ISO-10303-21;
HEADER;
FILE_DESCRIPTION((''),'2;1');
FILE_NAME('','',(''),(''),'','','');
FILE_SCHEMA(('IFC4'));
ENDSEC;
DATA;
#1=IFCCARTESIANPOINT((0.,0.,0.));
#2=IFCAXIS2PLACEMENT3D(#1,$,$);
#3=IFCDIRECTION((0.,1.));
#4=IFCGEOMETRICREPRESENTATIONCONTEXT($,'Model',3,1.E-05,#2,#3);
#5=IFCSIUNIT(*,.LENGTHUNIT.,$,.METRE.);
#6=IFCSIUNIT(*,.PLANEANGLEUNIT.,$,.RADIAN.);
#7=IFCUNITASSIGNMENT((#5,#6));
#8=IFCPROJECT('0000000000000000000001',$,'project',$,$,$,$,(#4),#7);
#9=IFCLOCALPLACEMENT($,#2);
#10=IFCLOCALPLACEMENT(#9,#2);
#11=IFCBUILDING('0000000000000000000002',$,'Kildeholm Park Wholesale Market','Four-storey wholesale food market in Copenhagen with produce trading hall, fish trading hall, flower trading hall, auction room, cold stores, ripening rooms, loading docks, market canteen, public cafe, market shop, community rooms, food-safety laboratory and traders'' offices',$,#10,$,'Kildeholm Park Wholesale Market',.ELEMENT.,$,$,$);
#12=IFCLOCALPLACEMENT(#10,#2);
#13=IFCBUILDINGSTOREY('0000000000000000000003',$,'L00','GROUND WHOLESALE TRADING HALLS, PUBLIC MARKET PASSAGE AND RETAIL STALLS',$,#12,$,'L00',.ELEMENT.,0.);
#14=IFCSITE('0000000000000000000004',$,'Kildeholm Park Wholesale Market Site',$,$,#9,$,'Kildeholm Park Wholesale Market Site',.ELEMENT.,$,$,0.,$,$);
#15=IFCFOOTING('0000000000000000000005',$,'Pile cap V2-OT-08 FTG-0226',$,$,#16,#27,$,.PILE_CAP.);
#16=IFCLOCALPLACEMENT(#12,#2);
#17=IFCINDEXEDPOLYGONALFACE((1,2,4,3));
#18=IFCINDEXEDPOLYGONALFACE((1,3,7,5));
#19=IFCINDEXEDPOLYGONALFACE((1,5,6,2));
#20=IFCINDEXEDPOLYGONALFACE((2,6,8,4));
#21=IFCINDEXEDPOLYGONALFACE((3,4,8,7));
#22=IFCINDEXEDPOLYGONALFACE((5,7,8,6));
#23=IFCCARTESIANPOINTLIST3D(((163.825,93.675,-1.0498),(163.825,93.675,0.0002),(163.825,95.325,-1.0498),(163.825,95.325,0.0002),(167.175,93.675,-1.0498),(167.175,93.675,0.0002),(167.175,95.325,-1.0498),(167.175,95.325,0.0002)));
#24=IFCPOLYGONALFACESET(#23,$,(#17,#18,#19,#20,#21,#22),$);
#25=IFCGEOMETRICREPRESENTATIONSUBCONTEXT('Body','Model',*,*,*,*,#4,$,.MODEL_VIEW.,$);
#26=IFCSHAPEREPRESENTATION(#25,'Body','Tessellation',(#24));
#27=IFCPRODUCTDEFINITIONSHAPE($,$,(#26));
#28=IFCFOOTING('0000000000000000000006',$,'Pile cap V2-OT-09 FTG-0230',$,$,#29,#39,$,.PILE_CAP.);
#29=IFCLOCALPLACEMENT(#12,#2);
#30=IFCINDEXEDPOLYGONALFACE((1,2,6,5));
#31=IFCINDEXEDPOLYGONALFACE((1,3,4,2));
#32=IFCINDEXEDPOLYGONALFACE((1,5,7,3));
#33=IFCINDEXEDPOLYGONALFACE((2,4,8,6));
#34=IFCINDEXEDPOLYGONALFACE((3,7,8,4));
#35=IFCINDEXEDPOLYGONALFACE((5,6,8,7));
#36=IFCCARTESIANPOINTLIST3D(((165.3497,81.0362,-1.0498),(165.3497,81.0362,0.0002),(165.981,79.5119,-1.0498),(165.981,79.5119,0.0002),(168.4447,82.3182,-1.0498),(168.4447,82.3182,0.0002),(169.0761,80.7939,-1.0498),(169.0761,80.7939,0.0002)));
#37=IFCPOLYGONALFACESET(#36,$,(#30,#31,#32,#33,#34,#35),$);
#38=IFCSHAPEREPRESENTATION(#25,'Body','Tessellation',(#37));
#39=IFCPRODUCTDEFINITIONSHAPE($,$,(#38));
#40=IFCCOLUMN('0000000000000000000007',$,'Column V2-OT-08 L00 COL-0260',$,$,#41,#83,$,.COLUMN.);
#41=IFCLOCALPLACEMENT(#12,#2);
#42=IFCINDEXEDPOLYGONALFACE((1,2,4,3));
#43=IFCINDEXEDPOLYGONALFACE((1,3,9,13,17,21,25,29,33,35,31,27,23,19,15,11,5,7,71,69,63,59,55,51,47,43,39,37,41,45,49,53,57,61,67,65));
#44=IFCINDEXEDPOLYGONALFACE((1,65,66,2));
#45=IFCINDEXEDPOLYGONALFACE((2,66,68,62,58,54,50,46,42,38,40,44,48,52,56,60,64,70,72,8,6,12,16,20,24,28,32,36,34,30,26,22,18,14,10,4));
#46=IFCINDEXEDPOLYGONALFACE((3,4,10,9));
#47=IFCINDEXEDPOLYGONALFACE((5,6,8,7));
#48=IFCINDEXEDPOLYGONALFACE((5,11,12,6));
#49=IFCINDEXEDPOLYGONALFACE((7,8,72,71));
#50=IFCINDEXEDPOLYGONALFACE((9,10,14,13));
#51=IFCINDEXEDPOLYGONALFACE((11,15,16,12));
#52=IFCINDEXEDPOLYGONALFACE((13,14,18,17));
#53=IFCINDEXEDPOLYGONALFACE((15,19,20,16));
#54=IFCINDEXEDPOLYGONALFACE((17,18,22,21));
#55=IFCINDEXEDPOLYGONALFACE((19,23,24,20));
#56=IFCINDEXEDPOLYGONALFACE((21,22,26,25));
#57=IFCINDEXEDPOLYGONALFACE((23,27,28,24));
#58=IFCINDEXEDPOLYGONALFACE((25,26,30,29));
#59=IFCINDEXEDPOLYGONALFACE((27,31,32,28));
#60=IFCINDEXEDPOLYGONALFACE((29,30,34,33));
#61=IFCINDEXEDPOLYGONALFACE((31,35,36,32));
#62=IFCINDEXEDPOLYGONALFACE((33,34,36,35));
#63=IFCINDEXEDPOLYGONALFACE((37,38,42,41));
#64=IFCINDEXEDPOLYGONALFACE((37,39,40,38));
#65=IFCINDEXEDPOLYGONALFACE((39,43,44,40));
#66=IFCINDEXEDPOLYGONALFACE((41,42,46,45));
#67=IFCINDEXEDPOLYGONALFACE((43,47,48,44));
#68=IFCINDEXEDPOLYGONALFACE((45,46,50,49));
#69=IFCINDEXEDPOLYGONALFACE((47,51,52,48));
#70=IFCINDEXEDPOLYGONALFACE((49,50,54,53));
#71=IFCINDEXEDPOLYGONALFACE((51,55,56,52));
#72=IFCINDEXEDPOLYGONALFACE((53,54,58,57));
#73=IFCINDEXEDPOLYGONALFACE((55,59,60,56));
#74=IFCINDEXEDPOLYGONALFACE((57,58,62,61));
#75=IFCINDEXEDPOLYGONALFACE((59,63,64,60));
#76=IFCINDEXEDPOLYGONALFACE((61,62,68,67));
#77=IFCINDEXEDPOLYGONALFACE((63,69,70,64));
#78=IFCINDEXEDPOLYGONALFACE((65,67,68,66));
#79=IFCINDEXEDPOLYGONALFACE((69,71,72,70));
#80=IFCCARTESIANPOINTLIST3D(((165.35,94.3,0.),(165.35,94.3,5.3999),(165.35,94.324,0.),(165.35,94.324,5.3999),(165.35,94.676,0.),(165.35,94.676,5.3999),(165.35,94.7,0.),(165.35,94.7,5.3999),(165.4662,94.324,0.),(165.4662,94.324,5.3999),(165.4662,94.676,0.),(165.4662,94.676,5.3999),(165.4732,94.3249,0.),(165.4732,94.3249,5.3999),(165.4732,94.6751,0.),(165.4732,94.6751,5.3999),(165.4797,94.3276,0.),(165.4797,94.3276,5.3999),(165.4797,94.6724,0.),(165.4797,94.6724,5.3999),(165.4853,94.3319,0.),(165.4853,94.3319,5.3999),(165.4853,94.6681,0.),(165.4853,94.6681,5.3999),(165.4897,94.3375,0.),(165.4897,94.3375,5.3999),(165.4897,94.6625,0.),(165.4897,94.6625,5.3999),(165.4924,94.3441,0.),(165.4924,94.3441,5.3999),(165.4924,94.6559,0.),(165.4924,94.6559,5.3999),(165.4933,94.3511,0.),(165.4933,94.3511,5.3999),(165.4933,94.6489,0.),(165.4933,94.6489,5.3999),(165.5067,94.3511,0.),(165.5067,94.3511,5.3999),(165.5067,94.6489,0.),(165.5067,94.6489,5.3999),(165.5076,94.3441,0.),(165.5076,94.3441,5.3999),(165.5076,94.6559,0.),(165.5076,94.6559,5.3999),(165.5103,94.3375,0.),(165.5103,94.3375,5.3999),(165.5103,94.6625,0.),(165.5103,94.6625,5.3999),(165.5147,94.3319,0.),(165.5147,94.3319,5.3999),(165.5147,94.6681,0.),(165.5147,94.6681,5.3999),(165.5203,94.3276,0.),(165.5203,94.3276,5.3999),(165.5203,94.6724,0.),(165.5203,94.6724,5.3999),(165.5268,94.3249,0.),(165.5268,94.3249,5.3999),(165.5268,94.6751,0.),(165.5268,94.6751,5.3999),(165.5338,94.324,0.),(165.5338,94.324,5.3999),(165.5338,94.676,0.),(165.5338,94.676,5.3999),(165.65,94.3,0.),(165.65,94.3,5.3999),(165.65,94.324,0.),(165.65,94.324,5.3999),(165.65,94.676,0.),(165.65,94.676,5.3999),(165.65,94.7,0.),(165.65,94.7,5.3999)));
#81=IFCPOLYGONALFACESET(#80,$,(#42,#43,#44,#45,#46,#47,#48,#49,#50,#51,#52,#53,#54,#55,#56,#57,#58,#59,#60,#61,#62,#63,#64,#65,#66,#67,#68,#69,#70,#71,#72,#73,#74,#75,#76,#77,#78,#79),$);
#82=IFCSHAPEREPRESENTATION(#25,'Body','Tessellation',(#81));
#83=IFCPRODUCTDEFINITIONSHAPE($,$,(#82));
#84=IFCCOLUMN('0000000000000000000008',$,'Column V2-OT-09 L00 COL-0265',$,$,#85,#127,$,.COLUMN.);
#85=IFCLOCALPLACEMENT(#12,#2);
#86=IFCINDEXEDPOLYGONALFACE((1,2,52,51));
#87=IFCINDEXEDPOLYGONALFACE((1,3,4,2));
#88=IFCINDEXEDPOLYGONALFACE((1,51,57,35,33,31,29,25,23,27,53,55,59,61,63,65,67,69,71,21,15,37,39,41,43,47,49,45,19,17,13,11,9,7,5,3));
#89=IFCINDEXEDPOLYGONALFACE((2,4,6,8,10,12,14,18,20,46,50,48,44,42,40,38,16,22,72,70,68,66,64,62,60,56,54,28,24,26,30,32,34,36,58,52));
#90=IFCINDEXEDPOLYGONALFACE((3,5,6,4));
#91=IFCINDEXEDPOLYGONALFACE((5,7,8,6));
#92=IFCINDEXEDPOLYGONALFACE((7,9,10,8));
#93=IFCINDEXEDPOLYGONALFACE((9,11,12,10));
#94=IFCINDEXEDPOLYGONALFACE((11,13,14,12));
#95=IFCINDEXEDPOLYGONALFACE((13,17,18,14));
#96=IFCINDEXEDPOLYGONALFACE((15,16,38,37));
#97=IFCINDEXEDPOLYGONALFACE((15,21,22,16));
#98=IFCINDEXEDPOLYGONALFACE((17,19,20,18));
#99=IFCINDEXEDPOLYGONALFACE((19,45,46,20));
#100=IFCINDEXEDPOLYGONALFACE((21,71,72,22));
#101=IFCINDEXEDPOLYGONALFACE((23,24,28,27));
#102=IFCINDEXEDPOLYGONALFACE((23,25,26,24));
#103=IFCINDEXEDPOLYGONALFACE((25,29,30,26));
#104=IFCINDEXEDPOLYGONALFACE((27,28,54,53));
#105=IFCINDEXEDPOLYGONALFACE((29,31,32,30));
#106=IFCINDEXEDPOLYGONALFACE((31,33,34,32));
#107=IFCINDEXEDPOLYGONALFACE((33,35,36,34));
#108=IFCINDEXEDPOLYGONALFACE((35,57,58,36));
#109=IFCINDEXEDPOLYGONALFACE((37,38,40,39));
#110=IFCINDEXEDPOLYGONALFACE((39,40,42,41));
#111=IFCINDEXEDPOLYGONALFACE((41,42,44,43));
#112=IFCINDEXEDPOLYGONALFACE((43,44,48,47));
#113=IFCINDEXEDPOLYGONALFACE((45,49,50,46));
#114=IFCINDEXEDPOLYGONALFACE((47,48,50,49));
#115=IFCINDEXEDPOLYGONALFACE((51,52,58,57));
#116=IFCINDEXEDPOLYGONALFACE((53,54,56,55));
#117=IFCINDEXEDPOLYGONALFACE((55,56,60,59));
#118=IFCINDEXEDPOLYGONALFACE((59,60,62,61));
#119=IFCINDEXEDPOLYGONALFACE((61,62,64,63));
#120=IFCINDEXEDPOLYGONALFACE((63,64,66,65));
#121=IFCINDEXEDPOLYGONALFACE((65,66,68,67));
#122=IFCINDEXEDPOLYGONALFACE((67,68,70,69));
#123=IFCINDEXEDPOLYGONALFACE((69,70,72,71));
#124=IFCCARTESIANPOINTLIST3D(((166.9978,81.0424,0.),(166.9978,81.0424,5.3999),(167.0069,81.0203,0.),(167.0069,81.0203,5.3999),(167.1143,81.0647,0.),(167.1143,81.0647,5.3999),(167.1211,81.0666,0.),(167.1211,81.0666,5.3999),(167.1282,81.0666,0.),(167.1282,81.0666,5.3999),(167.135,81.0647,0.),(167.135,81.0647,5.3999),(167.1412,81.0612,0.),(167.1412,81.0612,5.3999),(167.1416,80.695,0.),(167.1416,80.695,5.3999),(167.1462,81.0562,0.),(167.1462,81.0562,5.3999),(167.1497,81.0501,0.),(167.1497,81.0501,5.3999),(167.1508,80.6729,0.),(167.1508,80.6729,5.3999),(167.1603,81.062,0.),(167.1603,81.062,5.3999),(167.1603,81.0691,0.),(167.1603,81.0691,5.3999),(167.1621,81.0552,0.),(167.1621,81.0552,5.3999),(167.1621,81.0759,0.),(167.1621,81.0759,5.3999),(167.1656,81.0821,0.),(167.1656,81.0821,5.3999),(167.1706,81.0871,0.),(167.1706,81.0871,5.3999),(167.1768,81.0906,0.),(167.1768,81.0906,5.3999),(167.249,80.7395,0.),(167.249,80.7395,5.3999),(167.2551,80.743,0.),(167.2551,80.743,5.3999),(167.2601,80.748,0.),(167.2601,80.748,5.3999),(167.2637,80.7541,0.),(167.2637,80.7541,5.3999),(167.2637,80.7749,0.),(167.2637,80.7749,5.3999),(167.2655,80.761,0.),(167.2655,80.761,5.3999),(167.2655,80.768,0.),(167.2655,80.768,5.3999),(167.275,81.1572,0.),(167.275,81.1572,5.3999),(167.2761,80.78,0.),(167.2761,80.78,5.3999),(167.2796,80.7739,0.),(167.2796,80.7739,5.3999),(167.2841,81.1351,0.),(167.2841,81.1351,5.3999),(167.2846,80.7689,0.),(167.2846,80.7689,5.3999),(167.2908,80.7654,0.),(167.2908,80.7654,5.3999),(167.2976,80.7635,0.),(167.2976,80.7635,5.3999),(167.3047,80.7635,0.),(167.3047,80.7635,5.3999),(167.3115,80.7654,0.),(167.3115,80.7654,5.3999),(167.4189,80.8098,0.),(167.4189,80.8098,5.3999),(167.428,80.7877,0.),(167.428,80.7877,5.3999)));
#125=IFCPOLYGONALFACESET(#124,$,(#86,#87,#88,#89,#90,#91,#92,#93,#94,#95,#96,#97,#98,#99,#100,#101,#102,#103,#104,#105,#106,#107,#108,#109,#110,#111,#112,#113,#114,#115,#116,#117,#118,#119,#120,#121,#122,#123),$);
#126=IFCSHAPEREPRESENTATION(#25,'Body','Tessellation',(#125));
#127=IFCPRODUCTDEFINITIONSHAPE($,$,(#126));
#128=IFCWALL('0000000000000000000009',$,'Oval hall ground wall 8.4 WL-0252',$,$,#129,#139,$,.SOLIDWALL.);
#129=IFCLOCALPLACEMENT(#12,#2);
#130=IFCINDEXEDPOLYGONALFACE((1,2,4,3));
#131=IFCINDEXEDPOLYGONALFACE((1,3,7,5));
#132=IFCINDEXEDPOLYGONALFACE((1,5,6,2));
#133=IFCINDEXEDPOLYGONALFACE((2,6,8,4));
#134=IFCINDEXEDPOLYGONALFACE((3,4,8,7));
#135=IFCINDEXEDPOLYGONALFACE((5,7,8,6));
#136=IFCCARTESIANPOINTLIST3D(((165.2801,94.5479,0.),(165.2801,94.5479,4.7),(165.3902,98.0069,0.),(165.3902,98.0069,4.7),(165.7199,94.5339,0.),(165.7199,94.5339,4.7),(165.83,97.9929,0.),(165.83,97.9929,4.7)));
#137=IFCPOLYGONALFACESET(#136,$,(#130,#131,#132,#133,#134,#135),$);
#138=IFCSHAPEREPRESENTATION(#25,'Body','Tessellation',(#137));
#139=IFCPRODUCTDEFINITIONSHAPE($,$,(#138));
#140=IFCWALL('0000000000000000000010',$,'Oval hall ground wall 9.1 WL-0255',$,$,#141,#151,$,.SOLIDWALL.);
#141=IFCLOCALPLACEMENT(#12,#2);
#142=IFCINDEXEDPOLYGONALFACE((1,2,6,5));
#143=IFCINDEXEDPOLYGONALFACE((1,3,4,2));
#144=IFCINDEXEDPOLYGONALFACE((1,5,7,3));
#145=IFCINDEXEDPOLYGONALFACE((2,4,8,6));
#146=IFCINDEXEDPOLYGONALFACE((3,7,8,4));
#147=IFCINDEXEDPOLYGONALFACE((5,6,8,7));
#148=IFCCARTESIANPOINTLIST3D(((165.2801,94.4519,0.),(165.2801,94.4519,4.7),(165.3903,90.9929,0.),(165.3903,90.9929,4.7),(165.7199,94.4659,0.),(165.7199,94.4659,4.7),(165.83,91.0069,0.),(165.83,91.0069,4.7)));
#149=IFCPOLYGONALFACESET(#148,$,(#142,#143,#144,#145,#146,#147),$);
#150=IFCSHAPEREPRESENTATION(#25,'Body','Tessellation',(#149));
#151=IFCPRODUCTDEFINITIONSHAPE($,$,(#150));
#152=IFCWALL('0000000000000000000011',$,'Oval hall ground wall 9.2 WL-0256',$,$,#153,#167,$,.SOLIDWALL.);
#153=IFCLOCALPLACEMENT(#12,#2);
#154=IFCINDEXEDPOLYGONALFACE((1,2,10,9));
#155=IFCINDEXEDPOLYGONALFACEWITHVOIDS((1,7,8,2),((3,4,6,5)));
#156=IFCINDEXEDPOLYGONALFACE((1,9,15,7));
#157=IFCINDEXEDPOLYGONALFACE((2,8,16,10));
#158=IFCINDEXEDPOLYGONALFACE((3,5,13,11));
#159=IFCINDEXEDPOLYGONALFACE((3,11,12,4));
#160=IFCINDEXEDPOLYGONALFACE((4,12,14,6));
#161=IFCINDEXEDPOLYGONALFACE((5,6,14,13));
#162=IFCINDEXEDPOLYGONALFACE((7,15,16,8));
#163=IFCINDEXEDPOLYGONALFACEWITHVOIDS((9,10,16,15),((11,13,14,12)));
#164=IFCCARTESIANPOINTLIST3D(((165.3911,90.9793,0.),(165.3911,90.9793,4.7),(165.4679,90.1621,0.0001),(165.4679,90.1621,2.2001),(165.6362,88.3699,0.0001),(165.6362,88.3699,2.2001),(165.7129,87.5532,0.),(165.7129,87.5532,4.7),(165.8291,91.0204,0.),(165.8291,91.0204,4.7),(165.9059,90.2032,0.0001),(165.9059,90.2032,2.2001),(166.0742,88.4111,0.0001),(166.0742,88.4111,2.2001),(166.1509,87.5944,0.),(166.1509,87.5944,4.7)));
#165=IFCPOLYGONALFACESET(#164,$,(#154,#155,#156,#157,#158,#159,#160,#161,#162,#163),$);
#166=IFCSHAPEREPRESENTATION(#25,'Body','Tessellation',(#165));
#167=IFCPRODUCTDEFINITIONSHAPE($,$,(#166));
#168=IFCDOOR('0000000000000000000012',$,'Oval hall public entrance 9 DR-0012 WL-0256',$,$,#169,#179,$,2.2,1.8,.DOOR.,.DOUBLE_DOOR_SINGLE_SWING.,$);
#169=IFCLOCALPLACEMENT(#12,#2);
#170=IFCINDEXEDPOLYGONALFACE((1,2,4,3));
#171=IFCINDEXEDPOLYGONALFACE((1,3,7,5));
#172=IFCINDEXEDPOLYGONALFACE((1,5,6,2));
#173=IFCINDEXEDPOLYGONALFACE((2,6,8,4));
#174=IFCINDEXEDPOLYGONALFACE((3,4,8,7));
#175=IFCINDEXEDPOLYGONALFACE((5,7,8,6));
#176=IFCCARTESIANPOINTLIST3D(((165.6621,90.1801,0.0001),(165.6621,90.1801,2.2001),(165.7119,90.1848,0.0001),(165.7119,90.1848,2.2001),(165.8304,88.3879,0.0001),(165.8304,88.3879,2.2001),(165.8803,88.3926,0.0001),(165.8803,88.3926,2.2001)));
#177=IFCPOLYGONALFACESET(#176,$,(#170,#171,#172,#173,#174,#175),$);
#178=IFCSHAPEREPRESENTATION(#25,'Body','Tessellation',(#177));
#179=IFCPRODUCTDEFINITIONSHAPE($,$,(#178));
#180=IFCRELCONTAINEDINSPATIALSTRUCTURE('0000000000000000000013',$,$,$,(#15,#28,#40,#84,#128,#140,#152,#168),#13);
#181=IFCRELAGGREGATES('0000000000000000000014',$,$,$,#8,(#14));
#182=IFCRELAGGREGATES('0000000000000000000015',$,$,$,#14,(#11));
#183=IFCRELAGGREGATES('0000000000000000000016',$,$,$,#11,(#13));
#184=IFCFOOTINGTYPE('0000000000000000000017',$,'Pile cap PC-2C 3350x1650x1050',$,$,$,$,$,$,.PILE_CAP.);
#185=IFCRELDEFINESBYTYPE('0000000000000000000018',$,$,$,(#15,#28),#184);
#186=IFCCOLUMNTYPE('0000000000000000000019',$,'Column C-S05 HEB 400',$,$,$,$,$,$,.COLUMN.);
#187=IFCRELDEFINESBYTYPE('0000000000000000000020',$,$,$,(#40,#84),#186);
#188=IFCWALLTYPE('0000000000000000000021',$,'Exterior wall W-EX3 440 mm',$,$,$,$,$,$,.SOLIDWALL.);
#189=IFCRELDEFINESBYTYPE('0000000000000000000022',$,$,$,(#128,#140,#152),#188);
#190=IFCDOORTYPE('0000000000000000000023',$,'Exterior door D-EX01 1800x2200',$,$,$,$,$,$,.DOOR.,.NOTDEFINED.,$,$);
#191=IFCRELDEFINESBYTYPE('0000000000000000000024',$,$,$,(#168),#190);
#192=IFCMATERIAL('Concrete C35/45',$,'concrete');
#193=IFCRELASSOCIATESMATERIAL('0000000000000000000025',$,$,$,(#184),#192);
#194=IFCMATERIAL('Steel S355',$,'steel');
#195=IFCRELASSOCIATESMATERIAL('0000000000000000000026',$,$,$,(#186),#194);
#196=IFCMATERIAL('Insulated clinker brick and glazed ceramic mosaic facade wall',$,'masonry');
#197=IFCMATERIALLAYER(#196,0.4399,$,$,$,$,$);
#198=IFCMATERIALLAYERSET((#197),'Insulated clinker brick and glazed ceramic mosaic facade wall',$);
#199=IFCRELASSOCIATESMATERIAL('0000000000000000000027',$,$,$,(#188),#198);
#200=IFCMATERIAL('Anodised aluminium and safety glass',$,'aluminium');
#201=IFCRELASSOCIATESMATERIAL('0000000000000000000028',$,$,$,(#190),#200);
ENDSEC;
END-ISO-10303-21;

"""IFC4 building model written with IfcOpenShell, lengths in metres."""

from ifc_helpers import new_model, si_unit, direction, frame, frame_2d, origin, origin_2d, place, context, subcontext, project, spatial, rectangle, i_section, extrude, material, layer, layer_set, material_profile, profile_set, type_object, element, fill, save


model = new_model("IFC4")

# Units and contexts
model_context = context("Model", 3, precision=1e-05, world=origin(), true_north=direction((0.0, 1.0)))
body_context = subcontext(model_context, "Body", "Model", "MODEL_VIEW")
ifc_project = project(units=[si_unit("LENGTHUNIT", "METRE"), si_unit("PLANEANGLEUNIT", "RADIAN")], contexts=[model_context])

# Site, building, storey
site_placement = place(None, origin())
site = spatial("IfcSite", under=ifc_project, at=site_placement, Name="Kildeholm Park Wholesale Market Site", LongName="Kildeholm Park Wholesale Market Site", CompositionType="ELEMENT", RefElevation=0.0)
building_placement = place(site_placement, origin())
building = spatial("IfcBuilding", under=site, at=building_placement, Name="Kildeholm Park Wholesale Market", Description="Four-storey wholesale food market in Copenhagen with produce trading hall, fish trading hall, flower trading hall, auction room, cold stores, ripening rooms, loading docks, market canteen, public cafe, market shop, community rooms, food-safety laboratory and traders' offices", LongName="Kildeholm Park Wholesale Market", CompositionType="ELEMENT")
storey_placement = place(building_placement, origin())
storey = spatial("IfcBuildingStorey", under=building, at=storey_placement, Name="L00", Description="GROUND WHOLESALE TRADING HALLS, PUBLIC MARKET PASSAGE AND RETAIL STALLS", LongName="L00", CompositionType="ELEMENT", Elevation=0.0)

# Shared definitions
ifc_material_1 = material(Name="Concrete C35/45", Category="concrete")

# Footings
footing_type_1 = type_object("IfcFootingType", Name="Pile cap PC-2C 3350x1650x1050", PredefinedType="PILE_CAP", material=ifc_material_1)
for number, where, z_axis, x_axis, name in (
    (1, (165.5, 94.5, -1.0498), (0.0, 0.0, 1.0), (-1.0, 0.0, 0.0), "Pile cap V2-OT-08 FTG-0226"),
    (2, (167.2129, 80.915, -1.0498), (0.0, 0.0, 1.0), (-0.92388, -0.382683, 0.0), "Pile cap V2-OT-09 FTG-0230"),
):
    element("IfcFooting", number, at=place(storey_placement, frame(where, z_axis=z_axis, x_axis=x_axis)), inside=storey, type_object=footing_type_1, Name=name, PredefinedType="PILE_CAP", context=body_context, shape_type="SweptSolid", body=[
        extrude(rectangle(XDim=3.3501, YDim=1.6499, at=origin_2d()), origin(), (0.0, 0.0, 1.0), 1.05),
    ])

# Columns
ifc_material_2 = material(Name="Steel S355", Category="steel")
ifc_material_profile_1 = material_profile(ifc_material_2, i_section(OverallWidth=0.3, OverallDepth=0.3999, WebThickness=0.0134, FlangeThickness=0.0239, FilletRadius=0.0271, at=origin_2d()), Name="HEB 400")
ifc_profile_set_1 = profile_set([ifc_material_profile_1], Name="Steel S355")
column_type = type_object("IfcColumnType", Name="Column C-S05 HEB 400", PredefinedType="COLUMN", material=ifc_profile_set_1)
for number, where, z_axis, x_axis, name in (
    (3, (165.5, 94.5, 0.0), (0.0, 0.0, 1.0), (-1.0, 0.0, 0.0), "Column V2-OT-08 L00 COL-0260"),
    (4, (167.2129, 80.915, 0.0), (0.0, 0.0, 1.0), (-0.92388, -0.382683, 0.0), "Column V2-OT-09 L00 COL-0265"),
):
    element("IfcColumn", number, at=place(storey_placement, frame(where, z_axis=z_axis, x_axis=x_axis)), inside=storey, type_object=column_type, Name=name, PredefinedType="COLUMN", context=body_context, shape_type="SweptSolid", body=[
        extrude(i_section(OverallWidth=0.3, OverallDepth=0.3999, WebThickness=0.0134, FlangeThickness=0.0239, FilletRadius=0.0271, at=origin_2d()), origin(), (0.0, 0.0, 1.0), 5.3999),
    ])

# Walls
ifc_material_3 = material(Name="Insulated clinker brick and glazed ceramic mosaic facade wall", Category="masonry")
ifc_layer = layer(ifc_material_3, 0.4399)
ifc_layer_set = layer_set([ifc_layer], Name="Insulated clinker brick and glazed ceramic mosaic facade wall")
wall_type = type_object("IfcWallType", Name="Exterior wall W-EX3 440 mm", PredefinedType="SOLIDWALL", material=ifc_layer_set)
for number, where, z_axis, x_axis, name in (
    (5, (165.6101, 98.0, 0.0), (0.0, 0.0, 1.0), (-0.031816, -0.999494, 0.0), "Oval hall ground wall 8.4 WL-0252"),
    (6, (165.5, 94.459, 0.0), (0.0, 0.0, 1.0), (0.031816, -0.999494, 0.0), "Oval hall ground wall 9.1 WL-0255"),
):
    element("IfcWall", number, at=place(storey_placement, frame(where, z_axis=z_axis, x_axis=x_axis)), inside=storey, type_object=wall_type, Name=name, PredefinedType="SOLIDWALL", context=body_context, shape_type="SweptSolid", body=[
        extrude(rectangle(XDim=3.4607, YDim=0.4399, at=frame_2d((1.7305, 0.0))), origin(), (0.0, 0.0, 1.0), 4.7),
    ])

# Wall, opening, door
wall_1_placement = place(storey_placement, frame((165.6101, 91.0, 0.0), z_axis=(0.0, 0.0, 1.0), x_axis=(0.09351, -0.995618, 0.0)))
wall_1 = element("IfcWall", 7, at=wall_1_placement, inside=storey, type_object=wall_type, Name="Oval hall ground wall 9.2 WL-0256", PredefinedType="SOLIDWALL", context=body_context, shape_type="SweptSolid", body=[
    extrude(rectangle(XDim=3.4412, YDim=0.4399, at=frame_2d((1.7207, 0.0))), origin(), (0.0, 0.0, 1.0), 4.7),
])
opening_1_placement = place(wall_1_placement, frame((0.821, 0.0, 0.0)))
opening_1 = element("IfcOpeningElement", 8, at=opening_1_placement, cuts=wall_1, PredefinedType="OPENING", context=body_context, shape_type="SweptSolid", body=[
    extrude(rectangle(XDim=1.8, YDim=2.2, at=frame_2d((0.8999, 1.1001))), frame((0.0, 0.23, 0.0), z_axis=(0.0, -1.0, 0.0), x_axis=(1.0, 0.0, 0.0)), (0.0, 0.0, 1.0), 0.46),
])
ifc_material_4 = material(Name="Anodised aluminium and safety glass", Category="aluminium")
door_type = type_object("IfcDoorType", Name="Exterior door D-EX01 1800x2200", OperationType="NOTDEFINED", PredefinedType="DOOR", material=ifc_material_4)
door_placement = place(opening_1_placement, frame((1.8, 0.0, 0.0), z_axis=(0.0, 0.0, 1.0), x_axis=(-1.0, 0.0, 0.0)))
door = element("IfcDoor", 9, at=door_placement, inside=storey, type_object=door_type, Name="Oval hall public entrance 9 DR-0012 WL-0256", OperationType="DOUBLE_DOOR_SINGLE_SWING", OverallHeight=2.2, OverallWidth=1.8, PredefinedType="DOOR", context=body_context, shape_type="SweptSolid", body=[
    extrude(rectangle(XDim=1.8, YDim=2.2, at=frame_2d((0.8999, 1.1001))), frame((0.0, 0.0249, 0.0), z_axis=(0.0, -1.0, 0.0), x_axis=(1.0, 0.0, 0.0)), (0.0, 0.0, 1.0), 0.05),
])
fill(opening_1, door)

save(model, "model.ifc")
